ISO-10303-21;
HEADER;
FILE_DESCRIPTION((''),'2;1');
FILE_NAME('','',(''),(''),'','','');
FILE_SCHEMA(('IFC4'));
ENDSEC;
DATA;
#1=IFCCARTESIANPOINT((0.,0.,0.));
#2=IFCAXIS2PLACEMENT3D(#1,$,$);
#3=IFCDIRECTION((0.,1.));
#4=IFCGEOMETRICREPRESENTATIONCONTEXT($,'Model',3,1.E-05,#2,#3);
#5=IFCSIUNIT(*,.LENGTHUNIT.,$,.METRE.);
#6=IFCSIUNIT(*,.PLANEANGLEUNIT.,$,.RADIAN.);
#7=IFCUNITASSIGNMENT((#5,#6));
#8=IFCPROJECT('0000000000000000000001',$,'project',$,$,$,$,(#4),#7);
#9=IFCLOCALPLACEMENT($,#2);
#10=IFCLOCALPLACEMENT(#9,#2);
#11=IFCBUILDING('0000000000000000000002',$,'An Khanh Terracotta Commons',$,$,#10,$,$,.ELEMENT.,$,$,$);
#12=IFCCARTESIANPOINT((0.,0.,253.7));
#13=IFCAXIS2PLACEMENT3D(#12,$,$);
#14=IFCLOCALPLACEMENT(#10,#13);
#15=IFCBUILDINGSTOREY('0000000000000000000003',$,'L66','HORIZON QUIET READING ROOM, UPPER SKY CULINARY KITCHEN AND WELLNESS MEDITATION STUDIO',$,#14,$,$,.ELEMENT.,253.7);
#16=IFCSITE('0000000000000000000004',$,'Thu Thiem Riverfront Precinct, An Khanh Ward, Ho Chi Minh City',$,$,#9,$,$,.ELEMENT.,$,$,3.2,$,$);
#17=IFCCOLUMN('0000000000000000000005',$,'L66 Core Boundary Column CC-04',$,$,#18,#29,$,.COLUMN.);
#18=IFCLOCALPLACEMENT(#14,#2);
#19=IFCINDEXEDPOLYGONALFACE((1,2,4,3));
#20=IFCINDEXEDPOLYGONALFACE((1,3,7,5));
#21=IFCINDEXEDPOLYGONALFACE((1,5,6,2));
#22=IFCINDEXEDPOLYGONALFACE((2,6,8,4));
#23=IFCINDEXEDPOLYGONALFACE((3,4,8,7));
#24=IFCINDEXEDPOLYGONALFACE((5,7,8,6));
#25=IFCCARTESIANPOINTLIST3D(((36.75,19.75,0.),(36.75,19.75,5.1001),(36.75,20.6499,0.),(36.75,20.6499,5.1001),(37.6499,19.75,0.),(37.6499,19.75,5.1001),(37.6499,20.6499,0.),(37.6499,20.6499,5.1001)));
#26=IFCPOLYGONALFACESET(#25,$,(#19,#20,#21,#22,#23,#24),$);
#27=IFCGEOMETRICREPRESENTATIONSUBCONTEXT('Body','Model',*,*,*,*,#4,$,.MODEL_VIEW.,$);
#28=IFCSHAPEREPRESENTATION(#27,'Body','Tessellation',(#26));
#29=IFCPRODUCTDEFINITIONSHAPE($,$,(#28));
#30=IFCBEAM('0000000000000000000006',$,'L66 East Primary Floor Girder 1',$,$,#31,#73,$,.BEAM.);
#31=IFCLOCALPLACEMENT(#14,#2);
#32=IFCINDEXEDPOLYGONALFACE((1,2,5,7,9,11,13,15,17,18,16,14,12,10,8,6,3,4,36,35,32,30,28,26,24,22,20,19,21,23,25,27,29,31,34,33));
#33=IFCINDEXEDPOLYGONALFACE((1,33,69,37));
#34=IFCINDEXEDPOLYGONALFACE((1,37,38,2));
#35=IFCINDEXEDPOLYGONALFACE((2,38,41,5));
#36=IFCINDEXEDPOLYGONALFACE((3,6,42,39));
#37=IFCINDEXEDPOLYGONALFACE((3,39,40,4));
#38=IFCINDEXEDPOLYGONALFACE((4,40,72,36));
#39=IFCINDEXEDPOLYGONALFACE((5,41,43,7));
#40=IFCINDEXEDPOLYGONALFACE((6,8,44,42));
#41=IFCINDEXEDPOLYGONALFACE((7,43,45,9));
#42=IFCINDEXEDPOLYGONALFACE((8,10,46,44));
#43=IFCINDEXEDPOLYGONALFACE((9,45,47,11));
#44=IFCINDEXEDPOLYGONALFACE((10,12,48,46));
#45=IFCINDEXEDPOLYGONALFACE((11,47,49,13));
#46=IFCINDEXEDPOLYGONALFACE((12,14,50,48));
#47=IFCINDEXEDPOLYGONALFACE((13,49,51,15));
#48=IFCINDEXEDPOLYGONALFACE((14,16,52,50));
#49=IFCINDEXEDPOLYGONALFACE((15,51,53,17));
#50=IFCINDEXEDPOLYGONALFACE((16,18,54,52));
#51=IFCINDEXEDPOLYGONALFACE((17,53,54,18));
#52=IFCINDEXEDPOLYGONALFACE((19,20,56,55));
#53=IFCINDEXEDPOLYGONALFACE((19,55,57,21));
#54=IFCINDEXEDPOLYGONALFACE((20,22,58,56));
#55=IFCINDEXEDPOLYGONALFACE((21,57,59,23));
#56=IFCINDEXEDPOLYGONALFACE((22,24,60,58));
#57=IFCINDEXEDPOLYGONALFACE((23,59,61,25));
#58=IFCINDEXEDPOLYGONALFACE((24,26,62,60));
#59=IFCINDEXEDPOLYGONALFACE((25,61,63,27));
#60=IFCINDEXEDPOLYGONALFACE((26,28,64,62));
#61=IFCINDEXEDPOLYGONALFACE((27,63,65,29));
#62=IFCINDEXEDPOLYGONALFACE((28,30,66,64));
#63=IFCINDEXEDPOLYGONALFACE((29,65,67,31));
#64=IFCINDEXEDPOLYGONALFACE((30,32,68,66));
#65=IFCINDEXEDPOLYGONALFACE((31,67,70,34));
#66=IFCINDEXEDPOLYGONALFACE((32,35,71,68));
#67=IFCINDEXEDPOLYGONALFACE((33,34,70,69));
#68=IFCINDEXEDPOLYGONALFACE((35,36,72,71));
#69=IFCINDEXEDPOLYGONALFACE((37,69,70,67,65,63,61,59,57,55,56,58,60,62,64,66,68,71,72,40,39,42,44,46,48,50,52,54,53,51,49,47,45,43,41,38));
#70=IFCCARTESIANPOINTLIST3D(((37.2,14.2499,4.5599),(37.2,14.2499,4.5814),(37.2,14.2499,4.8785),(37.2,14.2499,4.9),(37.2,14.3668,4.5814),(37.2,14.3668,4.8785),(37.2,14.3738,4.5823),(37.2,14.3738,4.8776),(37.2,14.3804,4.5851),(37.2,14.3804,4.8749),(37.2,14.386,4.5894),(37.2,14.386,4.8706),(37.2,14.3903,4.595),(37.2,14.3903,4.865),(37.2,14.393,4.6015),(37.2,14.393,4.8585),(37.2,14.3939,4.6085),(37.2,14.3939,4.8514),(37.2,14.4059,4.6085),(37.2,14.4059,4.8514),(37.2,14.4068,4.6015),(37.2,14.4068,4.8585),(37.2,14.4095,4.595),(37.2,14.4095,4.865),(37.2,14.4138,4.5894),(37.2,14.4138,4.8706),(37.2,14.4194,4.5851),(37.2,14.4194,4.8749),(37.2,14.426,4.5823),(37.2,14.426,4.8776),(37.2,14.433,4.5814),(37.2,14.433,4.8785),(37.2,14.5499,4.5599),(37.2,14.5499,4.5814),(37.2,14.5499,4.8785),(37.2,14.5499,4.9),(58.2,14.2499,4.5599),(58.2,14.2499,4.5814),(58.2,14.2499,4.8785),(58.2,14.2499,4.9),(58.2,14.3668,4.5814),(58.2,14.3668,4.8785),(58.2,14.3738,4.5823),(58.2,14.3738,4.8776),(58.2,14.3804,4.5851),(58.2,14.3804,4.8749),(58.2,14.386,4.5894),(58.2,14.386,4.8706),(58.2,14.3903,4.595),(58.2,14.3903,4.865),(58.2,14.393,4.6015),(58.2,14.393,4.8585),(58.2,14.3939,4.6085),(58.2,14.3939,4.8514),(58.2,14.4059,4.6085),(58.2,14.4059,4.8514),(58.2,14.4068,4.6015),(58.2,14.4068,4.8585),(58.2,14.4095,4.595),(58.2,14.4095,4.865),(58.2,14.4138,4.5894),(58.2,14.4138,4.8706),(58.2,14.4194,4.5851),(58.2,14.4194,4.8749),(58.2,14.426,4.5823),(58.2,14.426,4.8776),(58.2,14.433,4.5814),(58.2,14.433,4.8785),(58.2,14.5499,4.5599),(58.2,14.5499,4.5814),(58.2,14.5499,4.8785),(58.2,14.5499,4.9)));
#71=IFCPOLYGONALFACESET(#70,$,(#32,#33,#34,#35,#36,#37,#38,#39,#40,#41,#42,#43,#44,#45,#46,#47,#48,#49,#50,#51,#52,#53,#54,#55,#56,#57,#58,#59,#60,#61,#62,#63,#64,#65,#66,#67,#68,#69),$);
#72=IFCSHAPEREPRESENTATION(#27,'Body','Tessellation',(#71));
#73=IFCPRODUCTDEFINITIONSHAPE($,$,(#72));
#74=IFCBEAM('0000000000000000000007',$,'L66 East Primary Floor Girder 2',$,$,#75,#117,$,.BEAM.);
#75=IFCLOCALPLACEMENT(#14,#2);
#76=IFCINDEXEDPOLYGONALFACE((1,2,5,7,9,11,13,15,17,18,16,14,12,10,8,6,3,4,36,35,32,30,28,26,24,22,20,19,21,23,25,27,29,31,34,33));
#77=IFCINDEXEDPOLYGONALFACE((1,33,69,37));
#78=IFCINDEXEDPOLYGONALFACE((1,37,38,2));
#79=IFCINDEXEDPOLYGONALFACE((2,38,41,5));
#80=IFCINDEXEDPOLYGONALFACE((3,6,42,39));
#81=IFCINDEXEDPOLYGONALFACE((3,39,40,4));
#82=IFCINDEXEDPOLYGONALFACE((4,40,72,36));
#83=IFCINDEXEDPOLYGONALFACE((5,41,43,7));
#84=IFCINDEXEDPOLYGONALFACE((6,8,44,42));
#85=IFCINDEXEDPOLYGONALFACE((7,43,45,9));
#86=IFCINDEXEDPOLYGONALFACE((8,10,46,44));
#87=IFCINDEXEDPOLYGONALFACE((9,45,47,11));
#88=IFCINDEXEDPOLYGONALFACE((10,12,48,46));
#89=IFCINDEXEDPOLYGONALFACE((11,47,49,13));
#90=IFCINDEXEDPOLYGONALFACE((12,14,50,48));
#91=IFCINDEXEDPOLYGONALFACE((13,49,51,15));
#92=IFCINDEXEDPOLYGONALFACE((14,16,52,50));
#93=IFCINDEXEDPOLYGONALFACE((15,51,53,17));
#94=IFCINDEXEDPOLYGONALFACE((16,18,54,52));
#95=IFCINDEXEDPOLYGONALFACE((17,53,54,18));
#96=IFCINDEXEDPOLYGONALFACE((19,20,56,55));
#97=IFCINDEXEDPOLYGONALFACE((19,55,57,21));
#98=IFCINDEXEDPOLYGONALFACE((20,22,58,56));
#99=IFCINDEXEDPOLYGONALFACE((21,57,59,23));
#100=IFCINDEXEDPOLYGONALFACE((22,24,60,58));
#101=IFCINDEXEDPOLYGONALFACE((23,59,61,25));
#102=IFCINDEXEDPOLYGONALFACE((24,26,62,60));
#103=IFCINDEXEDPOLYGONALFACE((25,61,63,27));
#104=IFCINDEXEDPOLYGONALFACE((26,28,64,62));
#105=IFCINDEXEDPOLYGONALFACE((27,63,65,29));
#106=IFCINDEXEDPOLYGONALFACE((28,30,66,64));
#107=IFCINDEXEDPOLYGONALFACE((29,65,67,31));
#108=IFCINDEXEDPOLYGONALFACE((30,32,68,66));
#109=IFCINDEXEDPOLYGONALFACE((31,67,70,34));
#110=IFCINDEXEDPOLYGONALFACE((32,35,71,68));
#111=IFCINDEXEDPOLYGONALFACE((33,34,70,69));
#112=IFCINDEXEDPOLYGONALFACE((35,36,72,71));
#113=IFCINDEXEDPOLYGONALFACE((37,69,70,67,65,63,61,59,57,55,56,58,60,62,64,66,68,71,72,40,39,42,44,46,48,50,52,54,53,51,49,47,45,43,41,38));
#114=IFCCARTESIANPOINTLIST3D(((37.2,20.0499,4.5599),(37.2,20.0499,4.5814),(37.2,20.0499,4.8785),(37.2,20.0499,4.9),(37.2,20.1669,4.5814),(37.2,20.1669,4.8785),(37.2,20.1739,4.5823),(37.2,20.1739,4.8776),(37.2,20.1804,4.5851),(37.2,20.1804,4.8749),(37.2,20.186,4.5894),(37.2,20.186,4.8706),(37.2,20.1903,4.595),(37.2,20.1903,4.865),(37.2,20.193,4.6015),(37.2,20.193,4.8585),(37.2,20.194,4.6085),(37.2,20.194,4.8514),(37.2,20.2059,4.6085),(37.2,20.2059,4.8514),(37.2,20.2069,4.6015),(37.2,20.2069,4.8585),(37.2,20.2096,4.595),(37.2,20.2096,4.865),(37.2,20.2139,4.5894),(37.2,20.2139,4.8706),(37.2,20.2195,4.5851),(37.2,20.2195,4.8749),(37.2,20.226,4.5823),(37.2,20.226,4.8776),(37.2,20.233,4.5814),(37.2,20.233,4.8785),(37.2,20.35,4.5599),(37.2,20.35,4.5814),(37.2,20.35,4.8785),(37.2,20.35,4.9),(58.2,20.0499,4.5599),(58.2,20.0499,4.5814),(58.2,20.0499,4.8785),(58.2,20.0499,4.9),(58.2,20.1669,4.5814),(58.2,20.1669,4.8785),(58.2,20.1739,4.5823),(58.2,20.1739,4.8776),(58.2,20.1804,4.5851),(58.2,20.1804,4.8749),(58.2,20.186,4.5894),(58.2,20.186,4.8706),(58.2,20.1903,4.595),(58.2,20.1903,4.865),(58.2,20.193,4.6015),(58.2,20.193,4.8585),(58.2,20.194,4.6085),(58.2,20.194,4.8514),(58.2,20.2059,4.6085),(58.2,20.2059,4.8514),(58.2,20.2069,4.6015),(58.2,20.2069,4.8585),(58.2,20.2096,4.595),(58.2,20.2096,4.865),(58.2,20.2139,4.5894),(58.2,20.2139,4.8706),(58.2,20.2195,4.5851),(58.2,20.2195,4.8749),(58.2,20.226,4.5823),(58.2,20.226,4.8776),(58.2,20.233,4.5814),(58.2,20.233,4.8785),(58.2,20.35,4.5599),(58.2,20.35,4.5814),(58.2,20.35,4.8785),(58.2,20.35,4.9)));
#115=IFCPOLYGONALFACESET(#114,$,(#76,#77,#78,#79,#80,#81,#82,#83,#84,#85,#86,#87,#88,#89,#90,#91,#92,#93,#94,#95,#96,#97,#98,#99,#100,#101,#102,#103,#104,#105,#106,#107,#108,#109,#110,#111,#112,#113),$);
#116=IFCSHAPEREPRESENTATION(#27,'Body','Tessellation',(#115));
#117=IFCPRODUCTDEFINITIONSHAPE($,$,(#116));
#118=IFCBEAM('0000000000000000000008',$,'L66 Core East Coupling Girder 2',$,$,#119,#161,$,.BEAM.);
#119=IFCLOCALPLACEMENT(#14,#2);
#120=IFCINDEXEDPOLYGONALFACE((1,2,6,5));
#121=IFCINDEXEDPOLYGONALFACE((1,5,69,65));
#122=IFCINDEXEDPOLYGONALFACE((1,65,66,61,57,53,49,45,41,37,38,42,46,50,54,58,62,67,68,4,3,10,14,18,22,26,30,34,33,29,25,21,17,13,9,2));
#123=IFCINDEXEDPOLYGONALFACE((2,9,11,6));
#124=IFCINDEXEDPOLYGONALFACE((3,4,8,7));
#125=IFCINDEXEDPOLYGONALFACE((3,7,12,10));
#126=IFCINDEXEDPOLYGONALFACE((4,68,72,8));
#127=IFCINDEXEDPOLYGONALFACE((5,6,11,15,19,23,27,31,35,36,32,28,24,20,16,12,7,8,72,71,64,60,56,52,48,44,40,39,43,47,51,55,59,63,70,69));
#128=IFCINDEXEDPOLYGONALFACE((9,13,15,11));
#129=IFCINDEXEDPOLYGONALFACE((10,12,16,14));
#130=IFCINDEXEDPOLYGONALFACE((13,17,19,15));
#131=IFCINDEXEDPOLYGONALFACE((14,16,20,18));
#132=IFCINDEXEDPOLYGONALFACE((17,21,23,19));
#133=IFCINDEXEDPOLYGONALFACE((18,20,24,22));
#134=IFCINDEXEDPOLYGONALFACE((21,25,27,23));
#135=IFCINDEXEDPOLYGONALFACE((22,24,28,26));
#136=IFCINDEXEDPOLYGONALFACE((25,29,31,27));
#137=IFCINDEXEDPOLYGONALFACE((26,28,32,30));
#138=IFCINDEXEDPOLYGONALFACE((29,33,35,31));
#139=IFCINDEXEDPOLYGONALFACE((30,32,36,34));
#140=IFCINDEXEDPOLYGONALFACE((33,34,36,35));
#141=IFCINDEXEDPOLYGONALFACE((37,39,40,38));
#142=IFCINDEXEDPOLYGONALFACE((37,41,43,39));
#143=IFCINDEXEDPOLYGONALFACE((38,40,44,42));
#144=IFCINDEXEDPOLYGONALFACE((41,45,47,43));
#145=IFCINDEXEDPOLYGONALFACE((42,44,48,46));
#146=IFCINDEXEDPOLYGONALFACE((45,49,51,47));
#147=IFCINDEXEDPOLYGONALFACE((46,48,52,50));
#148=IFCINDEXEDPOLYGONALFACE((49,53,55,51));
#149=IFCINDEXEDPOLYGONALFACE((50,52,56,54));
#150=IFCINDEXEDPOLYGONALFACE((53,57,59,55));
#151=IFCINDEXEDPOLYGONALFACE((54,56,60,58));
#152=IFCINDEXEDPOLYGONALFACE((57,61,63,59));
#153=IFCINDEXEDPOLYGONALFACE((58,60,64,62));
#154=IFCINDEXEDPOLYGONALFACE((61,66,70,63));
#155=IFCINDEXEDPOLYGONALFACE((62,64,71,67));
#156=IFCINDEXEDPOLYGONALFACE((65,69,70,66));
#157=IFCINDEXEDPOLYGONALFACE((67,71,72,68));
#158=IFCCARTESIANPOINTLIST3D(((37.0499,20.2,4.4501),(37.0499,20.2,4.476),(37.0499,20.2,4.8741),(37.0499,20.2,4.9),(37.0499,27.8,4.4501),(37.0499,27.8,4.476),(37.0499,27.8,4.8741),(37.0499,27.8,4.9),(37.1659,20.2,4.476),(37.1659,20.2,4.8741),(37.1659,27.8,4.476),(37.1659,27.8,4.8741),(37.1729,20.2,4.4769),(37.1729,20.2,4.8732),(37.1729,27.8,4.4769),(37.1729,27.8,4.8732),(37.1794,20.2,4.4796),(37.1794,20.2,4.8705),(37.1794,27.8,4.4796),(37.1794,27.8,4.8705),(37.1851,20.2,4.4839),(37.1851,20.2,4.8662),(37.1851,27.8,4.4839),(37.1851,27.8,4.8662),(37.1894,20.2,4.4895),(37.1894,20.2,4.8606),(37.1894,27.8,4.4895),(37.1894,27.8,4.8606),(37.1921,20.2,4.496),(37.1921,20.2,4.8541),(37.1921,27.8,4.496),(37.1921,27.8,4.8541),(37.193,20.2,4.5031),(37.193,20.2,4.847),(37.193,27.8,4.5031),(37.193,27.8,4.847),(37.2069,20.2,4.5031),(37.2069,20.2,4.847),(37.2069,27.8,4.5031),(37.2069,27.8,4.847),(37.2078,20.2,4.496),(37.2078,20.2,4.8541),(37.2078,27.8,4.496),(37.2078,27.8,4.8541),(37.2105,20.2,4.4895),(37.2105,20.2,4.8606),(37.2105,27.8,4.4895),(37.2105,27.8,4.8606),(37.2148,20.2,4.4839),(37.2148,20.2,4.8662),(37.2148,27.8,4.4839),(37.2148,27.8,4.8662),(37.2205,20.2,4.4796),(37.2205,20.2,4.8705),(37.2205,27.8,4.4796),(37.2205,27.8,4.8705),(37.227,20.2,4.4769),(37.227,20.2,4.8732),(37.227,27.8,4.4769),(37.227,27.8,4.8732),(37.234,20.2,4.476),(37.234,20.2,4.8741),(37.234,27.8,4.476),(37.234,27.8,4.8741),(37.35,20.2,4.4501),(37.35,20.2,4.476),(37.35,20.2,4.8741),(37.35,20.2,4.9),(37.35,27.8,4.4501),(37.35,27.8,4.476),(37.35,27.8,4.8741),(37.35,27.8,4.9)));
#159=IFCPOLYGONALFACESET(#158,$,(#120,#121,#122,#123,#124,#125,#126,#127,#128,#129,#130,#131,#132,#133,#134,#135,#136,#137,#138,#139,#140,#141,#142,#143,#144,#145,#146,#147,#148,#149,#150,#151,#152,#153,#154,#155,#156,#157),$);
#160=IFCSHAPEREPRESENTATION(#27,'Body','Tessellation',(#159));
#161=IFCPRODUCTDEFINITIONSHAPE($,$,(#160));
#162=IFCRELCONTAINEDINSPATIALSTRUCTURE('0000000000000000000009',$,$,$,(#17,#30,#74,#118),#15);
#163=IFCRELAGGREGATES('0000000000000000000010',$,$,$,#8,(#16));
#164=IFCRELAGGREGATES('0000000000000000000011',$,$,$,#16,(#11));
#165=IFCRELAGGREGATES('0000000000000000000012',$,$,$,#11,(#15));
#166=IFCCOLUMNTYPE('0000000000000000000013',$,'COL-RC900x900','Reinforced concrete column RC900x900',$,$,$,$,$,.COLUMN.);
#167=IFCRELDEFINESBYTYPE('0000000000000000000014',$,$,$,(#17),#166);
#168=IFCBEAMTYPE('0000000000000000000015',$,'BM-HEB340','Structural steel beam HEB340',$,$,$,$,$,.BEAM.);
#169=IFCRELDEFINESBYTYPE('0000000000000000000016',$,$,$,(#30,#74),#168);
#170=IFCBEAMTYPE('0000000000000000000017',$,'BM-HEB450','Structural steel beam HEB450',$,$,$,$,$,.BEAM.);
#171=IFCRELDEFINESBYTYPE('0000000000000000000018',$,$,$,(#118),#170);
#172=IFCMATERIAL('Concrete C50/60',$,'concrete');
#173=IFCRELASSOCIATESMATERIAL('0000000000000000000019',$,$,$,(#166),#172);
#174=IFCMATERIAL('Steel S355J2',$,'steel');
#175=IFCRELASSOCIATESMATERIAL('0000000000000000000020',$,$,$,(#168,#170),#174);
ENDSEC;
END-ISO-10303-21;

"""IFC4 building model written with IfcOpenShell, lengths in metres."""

from ifc_helpers import new_model, si_unit, direction, frame, origin, origin_2d, place, context, subcontext, project, spatial, rectangle, i_section, extrude, material, material_profile, profile_set, type_object, element, save


model = new_model("IFC4")

# Units and contexts
model_context = context("Model", 3, precision=1e-05, world=origin(), true_north=direction((0.0, 1.0)))
body_context = subcontext(model_context, "Body", "Model", "MODEL_VIEW")
ifc_project = project(units=[si_unit("LENGTHUNIT", "METRE"), si_unit("PLANEANGLEUNIT", "RADIAN")], contexts=[model_context])

# Site, building, storey
site_placement = place(None, origin())
site = spatial("IfcSite", under=ifc_project, at=site_placement, Name="Thu Thiem Riverfront Precinct, An Khanh Ward, Ho Chi Minh City", CompositionType="ELEMENT", RefElevation=3.2)
building_placement = place(site_placement, origin())
building = spatial("IfcBuilding", under=site, at=building_placement, Name="An Khanh Terracotta Commons", CompositionType="ELEMENT")
storey_placement = place(building_placement, frame((0.0, 0.0, 253.7)))
storey = spatial("IfcBuildingStorey", under=building, at=storey_placement, Name="L66", Description="HORIZON QUIET READING ROOM, UPPER SKY CULINARY KITCHEN AND WELLNESS MEDITATION STUDIO", CompositionType="ELEMENT", Elevation=253.7)

# Column
ifc_material_1 = material(Name="Concrete C50/60", Category="concrete")
ifc_material_profile_1 = material_profile(ifc_material_1, rectangle(XDim=0.8999, YDim=0.8999, at=origin_2d()), Name="RC900x900")
ifc_profile_set_1 = profile_set([ifc_material_profile_1], Name="Concrete C50/60")
column_type = type_object("IfcColumnType", Name="COL-RC900x900", Description="Reinforced concrete column RC900x900", PredefinedType="COLUMN", material=ifc_profile_set_1)
column_placement = place(storey_placement, frame((37.2, 20.2, 0.0), z_axis=(0.0, 0.0, 1.0), x_axis=(1.0, 0.0, 0.0)))
element("IfcColumn", 1, at=column_placement, inside=storey, type_object=column_type, Name="L66 Core Boundary Column CC-04", PredefinedType="COLUMN", context=body_context, shape_type="SweptSolid", body=[
    extrude(rectangle(XDim=0.8999, YDim=0.8999, at=origin_2d()), origin(), (0.0, 0.0, 1.0), 5.1001),
])

# Beams
ifc_material_2 = material(Name="Steel S355J2", Category="steel")
ifc_material_profile_2 = material_profile(ifc_material_2, i_section(OverallWidth=0.3, OverallDepth=0.3401, WebThickness=0.012, FlangeThickness=0.0215, FilletRadius=0.0271, at=origin_2d()), Name="HEB340")
ifc_profile_set_2 = profile_set([ifc_material_profile_2], Name="Steel S355J2")
beam_type_1 = type_object("IfcBeamType", Name="BM-HEB340", Description="Structural steel beam HEB340", PredefinedType="BEAM", material=ifc_profile_set_2)
for number, where, z_axis, x_axis, name in (
    (2, (37.2, 14.3999, 4.73), (1.0, 0.0, 0.0), (0.0, 1.0, 0.0), "L66 East Primary Floor Girder 1"),
    (3, (37.2, 20.2, 4.73), (1.0, 0.0, 0.0), (0.0, 1.0, 0.0), "L66 East Primary Floor Girder 2"),
):
    element("IfcBeam", number, at=place(storey_placement, frame(where, z_axis=z_axis, x_axis=x_axis)), inside=storey, type_object=beam_type_1, Name=name, PredefinedType="BEAM", context=body_context, shape_type="SweptSolid", body=[
        extrude(i_section(OverallWidth=0.3, OverallDepth=0.3401, WebThickness=0.012, FlangeThickness=0.0215, FilletRadius=0.0271, at=origin_2d()), origin(), (0.0, 0.0, 1.0), 21.0),
    ])
ifc_material_profile_3 = material_profile(ifc_material_2, i_section(OverallWidth=0.3, OverallDepth=0.45, WebThickness=0.0139, FlangeThickness=0.0259, FilletRadius=0.0271, at=origin_2d()), Name="HEB450")
ifc_profile_set_3 = profile_set([ifc_material_profile_3], Name="Steel S355J2")
beam_type_2 = type_object("IfcBeamType", Name="BM-HEB450", Description="Structural steel beam HEB450", PredefinedType="BEAM", material=ifc_profile_set_3)
beam_placement = place(storey_placement, frame((37.2, 20.2, 4.675), z_axis=(0.0, 1.0, 0.0), x_axis=(-1.0, 0.0, 0.0)))
element("IfcBeam", 4, at=beam_placement, inside=storey, type_object=beam_type_2, Name="L66 Core East Coupling Girder 2", PredefinedType="BEAM", context=body_context, shape_type="SweptSolid", body=[
    extrude(i_section(OverallWidth=0.3, OverallDepth=0.45, WebThickness=0.0139, FlangeThickness=0.0259, FilletRadius=0.0271, at=origin_2d()), origin(), (0.0, 0.0, 1.0), 7.6001),
])

save(model, "model.ifc")
